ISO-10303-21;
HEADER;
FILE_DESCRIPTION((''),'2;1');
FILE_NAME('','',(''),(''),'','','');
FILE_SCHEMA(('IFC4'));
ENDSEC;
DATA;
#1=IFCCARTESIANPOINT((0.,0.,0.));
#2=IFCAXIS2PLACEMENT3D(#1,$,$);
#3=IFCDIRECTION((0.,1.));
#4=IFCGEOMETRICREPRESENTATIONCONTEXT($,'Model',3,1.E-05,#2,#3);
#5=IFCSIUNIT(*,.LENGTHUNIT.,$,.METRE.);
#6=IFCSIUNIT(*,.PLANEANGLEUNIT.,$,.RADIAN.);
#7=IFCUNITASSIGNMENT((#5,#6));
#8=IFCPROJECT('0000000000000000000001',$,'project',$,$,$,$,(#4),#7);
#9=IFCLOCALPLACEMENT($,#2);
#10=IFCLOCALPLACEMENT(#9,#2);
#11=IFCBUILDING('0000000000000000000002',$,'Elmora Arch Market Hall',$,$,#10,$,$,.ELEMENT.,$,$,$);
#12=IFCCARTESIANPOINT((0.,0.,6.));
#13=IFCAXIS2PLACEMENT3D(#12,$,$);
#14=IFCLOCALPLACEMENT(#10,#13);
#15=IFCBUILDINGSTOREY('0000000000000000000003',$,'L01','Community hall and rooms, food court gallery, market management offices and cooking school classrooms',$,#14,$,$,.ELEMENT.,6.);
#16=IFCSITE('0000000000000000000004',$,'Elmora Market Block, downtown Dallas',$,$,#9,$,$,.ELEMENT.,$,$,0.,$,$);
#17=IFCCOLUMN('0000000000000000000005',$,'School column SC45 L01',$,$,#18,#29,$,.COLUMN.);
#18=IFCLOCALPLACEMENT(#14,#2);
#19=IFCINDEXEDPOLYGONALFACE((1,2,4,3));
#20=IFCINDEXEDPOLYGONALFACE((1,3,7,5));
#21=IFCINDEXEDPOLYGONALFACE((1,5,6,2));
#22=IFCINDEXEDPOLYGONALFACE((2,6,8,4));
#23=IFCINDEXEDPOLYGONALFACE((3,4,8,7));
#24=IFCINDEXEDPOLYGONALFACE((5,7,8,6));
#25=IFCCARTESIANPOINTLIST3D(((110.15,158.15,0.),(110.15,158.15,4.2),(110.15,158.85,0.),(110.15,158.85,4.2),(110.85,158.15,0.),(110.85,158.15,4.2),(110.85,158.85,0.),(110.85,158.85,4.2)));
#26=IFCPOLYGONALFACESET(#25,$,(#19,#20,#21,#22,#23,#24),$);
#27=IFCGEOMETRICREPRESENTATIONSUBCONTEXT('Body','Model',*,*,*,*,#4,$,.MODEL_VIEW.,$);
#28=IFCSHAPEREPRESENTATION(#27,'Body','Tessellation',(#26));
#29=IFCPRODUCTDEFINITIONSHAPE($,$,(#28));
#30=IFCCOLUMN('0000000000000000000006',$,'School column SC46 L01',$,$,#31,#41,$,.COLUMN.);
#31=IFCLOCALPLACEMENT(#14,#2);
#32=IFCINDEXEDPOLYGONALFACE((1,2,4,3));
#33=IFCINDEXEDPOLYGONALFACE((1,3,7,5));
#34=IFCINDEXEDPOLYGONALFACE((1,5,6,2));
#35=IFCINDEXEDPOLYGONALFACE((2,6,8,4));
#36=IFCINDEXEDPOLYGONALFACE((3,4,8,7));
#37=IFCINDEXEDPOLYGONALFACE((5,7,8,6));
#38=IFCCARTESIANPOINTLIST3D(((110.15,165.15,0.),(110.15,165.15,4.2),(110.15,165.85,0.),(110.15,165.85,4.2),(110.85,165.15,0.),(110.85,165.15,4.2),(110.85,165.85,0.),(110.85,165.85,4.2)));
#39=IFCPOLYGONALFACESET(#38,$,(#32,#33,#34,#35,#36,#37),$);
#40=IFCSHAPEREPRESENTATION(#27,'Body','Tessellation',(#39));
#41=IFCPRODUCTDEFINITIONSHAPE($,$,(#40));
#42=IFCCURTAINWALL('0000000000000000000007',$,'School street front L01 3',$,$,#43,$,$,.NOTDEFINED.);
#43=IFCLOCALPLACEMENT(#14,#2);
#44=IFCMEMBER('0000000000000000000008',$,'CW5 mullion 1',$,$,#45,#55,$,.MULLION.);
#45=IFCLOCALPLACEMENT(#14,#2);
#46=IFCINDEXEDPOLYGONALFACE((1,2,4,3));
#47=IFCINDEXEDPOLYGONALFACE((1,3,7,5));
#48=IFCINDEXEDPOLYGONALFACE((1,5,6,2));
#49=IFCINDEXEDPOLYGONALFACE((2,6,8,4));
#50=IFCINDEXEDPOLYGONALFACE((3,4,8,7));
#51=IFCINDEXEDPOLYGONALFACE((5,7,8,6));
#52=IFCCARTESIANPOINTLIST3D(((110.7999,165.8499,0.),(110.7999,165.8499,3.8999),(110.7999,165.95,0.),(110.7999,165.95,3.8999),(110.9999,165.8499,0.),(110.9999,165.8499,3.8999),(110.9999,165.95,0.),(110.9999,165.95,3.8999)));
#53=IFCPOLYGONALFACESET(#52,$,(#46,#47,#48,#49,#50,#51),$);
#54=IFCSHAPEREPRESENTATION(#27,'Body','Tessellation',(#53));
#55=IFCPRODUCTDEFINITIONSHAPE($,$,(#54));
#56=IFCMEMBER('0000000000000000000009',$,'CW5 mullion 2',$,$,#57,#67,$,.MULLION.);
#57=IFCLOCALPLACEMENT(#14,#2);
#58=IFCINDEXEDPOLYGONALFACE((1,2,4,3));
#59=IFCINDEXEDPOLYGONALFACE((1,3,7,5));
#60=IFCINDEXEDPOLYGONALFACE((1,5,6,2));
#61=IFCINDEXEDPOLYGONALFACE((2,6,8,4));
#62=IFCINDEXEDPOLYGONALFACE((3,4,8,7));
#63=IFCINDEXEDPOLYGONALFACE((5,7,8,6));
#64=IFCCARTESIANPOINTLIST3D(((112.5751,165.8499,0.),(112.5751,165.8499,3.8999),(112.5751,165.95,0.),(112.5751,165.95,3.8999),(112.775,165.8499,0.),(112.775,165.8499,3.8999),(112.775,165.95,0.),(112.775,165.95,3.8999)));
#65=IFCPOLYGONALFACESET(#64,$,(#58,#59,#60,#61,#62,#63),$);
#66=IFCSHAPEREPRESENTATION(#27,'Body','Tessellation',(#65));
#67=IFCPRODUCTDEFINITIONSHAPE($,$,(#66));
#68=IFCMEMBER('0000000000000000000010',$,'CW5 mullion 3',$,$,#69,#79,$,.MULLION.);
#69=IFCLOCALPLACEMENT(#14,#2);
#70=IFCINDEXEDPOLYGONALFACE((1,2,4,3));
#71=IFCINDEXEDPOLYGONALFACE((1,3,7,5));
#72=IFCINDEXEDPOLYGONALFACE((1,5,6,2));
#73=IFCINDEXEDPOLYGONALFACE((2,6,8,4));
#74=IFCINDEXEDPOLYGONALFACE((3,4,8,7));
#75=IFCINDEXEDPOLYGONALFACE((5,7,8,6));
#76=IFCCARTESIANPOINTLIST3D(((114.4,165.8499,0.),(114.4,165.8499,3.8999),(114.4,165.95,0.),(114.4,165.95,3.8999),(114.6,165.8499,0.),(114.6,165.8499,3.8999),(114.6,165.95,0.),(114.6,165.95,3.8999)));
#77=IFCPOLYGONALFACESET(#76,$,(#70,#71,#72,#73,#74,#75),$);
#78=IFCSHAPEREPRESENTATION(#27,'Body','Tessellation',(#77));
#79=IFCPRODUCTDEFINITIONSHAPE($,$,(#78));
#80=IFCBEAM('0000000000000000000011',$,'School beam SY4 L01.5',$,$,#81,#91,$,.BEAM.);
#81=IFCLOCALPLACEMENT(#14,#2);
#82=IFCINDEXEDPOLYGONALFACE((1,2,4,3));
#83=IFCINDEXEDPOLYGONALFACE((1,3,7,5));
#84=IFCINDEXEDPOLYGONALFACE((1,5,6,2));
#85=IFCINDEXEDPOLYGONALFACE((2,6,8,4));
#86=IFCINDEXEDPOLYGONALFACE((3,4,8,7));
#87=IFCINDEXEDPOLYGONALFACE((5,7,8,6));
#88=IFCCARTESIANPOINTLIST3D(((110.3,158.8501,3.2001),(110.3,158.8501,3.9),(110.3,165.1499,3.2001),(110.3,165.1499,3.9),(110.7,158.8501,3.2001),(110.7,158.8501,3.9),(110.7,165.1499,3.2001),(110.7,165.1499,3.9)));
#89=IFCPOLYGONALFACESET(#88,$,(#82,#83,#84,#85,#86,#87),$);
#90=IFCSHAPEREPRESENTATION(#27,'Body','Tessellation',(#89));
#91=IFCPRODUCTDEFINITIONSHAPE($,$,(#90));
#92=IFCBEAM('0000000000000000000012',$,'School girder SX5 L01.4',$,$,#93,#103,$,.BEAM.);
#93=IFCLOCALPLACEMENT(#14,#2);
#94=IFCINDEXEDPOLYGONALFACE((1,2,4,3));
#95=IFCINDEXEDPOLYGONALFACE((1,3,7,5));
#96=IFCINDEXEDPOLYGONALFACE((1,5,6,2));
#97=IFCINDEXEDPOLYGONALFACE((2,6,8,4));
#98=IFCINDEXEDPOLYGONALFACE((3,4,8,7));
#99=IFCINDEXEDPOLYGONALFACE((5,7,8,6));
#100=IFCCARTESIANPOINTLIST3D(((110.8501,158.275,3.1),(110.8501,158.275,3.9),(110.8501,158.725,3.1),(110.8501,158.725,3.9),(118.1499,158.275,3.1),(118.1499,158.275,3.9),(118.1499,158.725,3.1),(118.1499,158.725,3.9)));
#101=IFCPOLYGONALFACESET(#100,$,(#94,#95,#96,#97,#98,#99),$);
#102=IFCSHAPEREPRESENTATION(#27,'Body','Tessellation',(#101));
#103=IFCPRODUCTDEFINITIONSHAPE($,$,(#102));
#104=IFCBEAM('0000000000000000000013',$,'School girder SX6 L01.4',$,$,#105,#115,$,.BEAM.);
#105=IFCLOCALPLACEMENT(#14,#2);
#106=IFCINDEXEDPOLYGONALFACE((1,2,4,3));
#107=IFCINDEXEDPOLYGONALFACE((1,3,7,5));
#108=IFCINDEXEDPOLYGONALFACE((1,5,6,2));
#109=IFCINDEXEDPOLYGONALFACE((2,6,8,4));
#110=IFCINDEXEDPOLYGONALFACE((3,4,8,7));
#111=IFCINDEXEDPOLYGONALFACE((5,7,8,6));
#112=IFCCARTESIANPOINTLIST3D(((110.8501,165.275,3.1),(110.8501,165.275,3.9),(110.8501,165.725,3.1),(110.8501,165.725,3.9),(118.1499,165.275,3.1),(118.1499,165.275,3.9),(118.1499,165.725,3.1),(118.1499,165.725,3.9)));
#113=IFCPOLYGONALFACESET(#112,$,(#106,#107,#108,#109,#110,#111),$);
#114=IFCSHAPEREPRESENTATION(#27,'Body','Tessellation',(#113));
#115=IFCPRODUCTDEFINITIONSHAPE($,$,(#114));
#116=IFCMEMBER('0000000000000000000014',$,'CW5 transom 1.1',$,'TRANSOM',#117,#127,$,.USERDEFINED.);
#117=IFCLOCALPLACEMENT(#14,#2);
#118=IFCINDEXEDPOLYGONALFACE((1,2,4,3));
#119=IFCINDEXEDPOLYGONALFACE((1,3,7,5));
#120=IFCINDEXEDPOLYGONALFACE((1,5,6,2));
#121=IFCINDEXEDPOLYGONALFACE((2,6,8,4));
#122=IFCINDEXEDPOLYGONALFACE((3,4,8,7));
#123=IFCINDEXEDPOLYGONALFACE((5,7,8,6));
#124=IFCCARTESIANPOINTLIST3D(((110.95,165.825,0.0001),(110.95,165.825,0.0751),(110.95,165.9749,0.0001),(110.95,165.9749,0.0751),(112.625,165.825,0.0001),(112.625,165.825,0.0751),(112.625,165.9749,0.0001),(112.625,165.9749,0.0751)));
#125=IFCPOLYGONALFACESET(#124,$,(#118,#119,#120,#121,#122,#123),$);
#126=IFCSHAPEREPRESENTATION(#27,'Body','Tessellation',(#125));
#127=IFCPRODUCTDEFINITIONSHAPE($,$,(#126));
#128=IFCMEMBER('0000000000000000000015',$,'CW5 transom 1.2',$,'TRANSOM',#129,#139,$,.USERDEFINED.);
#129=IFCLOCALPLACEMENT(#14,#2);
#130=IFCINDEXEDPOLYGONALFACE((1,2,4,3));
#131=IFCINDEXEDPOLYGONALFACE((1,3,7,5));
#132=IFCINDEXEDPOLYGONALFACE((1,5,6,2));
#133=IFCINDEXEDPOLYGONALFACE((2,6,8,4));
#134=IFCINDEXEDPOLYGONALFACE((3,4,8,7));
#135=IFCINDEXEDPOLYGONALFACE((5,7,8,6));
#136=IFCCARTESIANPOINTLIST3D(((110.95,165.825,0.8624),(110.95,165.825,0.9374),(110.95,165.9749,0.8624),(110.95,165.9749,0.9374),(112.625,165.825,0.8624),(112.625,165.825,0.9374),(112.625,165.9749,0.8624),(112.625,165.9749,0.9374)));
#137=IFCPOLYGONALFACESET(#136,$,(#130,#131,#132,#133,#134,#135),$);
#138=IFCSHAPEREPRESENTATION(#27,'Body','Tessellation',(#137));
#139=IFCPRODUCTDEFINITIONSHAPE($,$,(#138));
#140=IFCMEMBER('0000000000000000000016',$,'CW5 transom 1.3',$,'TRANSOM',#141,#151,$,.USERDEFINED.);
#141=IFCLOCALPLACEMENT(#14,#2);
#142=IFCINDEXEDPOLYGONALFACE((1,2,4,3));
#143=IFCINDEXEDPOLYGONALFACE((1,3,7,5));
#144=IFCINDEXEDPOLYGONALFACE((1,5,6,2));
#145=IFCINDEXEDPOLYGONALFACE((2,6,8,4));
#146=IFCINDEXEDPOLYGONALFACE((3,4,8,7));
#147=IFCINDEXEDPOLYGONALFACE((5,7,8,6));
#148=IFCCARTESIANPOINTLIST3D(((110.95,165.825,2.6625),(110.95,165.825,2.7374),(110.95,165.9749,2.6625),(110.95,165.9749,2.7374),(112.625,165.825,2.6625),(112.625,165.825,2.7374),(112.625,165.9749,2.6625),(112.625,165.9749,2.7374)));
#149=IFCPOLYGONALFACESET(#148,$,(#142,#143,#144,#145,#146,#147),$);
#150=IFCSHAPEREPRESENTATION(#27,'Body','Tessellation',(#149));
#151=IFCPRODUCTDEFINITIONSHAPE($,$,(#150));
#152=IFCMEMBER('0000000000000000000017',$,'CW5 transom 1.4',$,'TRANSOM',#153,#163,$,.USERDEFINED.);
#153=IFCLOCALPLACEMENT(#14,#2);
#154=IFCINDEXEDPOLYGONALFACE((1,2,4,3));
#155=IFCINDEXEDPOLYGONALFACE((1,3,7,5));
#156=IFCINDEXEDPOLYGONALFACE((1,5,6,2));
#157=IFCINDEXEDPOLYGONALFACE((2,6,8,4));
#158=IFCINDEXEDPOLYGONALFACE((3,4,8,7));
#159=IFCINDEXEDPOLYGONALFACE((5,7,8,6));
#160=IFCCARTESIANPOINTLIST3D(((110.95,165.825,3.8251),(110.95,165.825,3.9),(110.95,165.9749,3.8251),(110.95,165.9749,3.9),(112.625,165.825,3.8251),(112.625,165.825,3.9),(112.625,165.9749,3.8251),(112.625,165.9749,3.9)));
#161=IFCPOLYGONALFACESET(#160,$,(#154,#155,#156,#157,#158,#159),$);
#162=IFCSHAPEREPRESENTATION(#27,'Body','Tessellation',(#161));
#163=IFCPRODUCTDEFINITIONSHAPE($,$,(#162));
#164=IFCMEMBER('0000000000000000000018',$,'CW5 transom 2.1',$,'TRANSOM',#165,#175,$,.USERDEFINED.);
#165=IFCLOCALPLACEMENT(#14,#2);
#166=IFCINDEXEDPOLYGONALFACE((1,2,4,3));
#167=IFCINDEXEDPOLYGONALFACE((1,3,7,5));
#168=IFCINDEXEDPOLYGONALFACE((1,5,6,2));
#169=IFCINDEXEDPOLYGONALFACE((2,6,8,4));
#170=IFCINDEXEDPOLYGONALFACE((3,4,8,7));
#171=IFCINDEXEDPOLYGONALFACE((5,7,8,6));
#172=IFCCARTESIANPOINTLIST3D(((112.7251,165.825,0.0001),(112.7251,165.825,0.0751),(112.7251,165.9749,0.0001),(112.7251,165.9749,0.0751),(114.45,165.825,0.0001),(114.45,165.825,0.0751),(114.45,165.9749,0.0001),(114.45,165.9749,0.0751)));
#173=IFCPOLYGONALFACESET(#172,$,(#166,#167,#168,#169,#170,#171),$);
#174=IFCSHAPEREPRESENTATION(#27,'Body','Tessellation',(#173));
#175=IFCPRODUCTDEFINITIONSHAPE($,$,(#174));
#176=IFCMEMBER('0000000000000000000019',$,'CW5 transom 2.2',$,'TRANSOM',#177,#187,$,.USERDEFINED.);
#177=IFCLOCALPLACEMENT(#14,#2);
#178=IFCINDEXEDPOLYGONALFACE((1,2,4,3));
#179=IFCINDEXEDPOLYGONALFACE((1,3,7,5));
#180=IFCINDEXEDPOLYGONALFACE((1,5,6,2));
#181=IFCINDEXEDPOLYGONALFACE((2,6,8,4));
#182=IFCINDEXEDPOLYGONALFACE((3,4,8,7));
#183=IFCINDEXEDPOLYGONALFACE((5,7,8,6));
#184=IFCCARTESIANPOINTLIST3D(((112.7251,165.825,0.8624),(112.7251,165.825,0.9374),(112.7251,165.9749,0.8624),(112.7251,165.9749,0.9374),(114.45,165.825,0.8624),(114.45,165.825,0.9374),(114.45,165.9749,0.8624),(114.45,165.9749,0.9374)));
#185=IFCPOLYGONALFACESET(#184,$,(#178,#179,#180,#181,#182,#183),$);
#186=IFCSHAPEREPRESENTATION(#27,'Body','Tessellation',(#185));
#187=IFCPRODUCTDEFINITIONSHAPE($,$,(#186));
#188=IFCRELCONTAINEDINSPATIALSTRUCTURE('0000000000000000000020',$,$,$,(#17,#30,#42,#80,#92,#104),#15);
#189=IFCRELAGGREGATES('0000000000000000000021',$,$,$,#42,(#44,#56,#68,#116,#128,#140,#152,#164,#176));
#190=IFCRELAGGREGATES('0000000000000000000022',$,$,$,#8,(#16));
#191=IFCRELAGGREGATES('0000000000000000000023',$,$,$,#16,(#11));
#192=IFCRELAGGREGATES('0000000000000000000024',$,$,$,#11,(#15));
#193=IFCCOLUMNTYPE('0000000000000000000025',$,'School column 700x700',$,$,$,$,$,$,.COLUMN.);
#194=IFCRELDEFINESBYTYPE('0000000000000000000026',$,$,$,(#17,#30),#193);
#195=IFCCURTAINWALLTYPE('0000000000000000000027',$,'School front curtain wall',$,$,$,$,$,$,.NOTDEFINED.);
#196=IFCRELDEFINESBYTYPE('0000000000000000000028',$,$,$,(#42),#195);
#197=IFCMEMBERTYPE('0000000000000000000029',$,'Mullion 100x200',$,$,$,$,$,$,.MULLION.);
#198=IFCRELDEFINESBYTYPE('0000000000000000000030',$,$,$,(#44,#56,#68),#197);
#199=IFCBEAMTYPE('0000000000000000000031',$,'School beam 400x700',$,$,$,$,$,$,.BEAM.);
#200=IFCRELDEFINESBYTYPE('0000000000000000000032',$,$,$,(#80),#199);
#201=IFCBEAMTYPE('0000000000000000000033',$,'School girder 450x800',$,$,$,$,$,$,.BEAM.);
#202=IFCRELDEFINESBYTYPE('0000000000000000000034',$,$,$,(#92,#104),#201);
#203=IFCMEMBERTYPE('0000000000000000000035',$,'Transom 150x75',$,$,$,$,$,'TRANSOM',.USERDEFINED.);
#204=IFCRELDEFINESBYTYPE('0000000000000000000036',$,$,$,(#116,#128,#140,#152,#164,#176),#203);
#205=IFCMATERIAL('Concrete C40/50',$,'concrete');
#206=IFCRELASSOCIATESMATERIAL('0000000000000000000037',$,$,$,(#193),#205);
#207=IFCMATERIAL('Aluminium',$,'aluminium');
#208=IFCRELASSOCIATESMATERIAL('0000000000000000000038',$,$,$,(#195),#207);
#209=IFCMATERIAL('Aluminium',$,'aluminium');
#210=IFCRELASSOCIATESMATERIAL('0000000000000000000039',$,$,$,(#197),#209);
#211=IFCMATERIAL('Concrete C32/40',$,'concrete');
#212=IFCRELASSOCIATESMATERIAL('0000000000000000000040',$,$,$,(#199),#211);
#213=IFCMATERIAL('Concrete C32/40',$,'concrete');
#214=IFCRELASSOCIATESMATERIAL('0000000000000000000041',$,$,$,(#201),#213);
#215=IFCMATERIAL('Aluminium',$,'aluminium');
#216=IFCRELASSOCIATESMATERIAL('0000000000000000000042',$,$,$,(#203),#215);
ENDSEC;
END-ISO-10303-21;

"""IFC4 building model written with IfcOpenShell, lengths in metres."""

from ifc_helpers import new_model, si_unit, direction, frame, origin, origin_2d, place, context, subcontext, project, spatial, rectangle, extrude, material, material_profile, profile_set, type_object, element, aggregate, save


model = new_model("IFC4")

# Units and contexts
model_context = context("Model", 3, precision=1e-05, world=origin(), true_north=direction((0.0, 1.0)))
body_context = subcontext(model_context, "Body", "Model", "MODEL_VIEW")
ifc_project = project(units=[si_unit("LENGTHUNIT", "METRE"), si_unit("PLANEANGLEUNIT", "RADIAN")], contexts=[model_context])

# Site, building, storey
site_placement = place(None, origin())
site = spatial("IfcSite", under=ifc_project, at=site_placement, Name="Elmora Market Block, downtown Dallas", CompositionType="ELEMENT", RefElevation=0.0)
building_placement = place(site_placement, origin())
building = spatial("IfcBuilding", under=site, at=building_placement, Name="Elmora Arch Market Hall", CompositionType="ELEMENT")
storey_placement = place(building_placement, frame((0.0, 0.0, 6.0)))
storey = spatial("IfcBuildingStorey", under=building, at=storey_placement, Name="L01", Description="Community hall and rooms, food court gallery, market management offices and cooking school classrooms", CompositionType="ELEMENT", Elevation=6.0)

# Columns
ifc_material_1 = material(Name="Concrete C40/50", Category="concrete")
ifc_material_profile_1 = material_profile(ifc_material_1, rectangle(XDim=0.7, YDim=0.7, at=origin_2d()), Name="School column 700x700")
ifc_profile_set_1 = profile_set([ifc_material_profile_1], Name="Concrete C40/50")
column_type = type_object("IfcColumnType", Name="School column 700x700", PredefinedType="COLUMN", material=ifc_profile_set_1)
for number, where, z_axis, x_axis, name in (
    (1, (110.5, 158.5, 0.0), (0.0, 0.0, 1.0), (1.0, 0.0, 0.0), "School column SC45 L01"),
    (2, (110.5, 165.5, 0.0), (0.0, 0.0, 1.0), (1.0, 0.0, 0.0), "School column SC46 L01"),
):
    element("IfcColumn", number, at=place(storey_placement, frame(where, z_axis=z_axis, x_axis=x_axis)), inside=storey, type_object=column_type, Name=name, PredefinedType="COLUMN", context=body_context, shape_type="SweptSolid", body=[
        extrude(rectangle(XDim=0.7, YDim=0.7, at=origin_2d()), origin(), (0.0, 0.0, 1.0), 4.2),
    ])

# Curtain wall, members
ifc_material_2 = material(Name="Aluminium", Category="aluminium")
curtain_wall_type = type_object("IfcCurtainWallType", Name="School front curtain wall", PredefinedType="NOTDEFINED", material=ifc_material_2)
curtain_wall_placement = place(storey_placement, origin())
curtain_wall = element("IfcCurtainWall", 3, at=curtain_wall_placement, inside=storey, type_object=curtain_wall_type, Name="School street front L01 3", PredefinedType="NOTDEFINED")
ifc_material_3 = material(Name="Aluminium", Category="aluminium")
ifc_material_profile_2 = material_profile(ifc_material_3, rectangle(XDim=0.1001, YDim=0.2, at=origin_2d()), Name="AL 100x200")
ifc_profile_set_2 = profile_set([ifc_material_profile_2], Name="Aluminium")
member_type_1 = type_object("IfcMemberType", Name="Mullion 100x200", PredefinedType="MULLION", material=ifc_profile_set_2)
member_1_placement = place(storey_placement, frame((110.8999, 165.8999, 0.0), z_axis=(0.0, 0.0, 1.0), x_axis=(0.0, 1.0, 0.0)))
member_1 = element("IfcMember", 4, at=member_1_placement, type_object=member_type_1, Name="CW5 mullion 1", PredefinedType="MULLION", context=body_context, shape_type="SweptSolid", body=[
    extrude(rectangle(XDim=0.1001, YDim=0.2, at=origin_2d()), origin(), (0.0, 0.0, 1.0), 3.8999),
])
member_2_placement = place(storey_placement, frame((112.675, 165.8999, 0.0), z_axis=(0.0, 0.0, 1.0), x_axis=(0.0, 1.0, 0.0)))
member_2 = element("IfcMember", 5, at=member_2_placement, type_object=member_type_1, Name="CW5 mullion 2", PredefinedType="MULLION", context=body_context, shape_type="SweptSolid", body=[
    extrude(rectangle(XDim=0.1001, YDim=0.2, at=origin_2d()), origin(), (0.0, 0.0, 1.0), 3.8999),
])
member_3_placement = place(storey_placement, frame((114.5, 165.8999, 0.0), z_axis=(0.0, 0.0, 1.0), x_axis=(0.0, 1.0, 0.0)))
member_3 = element("IfcMember", 6, at=member_3_placement, type_object=member_type_1, Name="CW5 mullion 3", PredefinedType="MULLION", context=body_context, shape_type="SweptSolid", body=[
    extrude(rectangle(XDim=0.1001, YDim=0.2, at=origin_2d()), origin(), (0.0, 0.0, 1.0), 3.8999),
])

# Beams
ifc_material_4 = material(Name="Concrete C32/40", Category="concrete")
ifc_material_profile_3 = material_profile(ifc_material_4, rectangle(XDim=0.3999, YDim=0.7, at=origin_2d()), Name="School beam 400x700")
ifc_profile_set_3 = profile_set([ifc_material_profile_3], Name="Concrete C32/40")
beam_type_1 = type_object("IfcBeamType", Name="School beam 400x700", PredefinedType="BEAM", material=ifc_profile_set_3)
beam_placement = place(storey_placement, frame((110.5, 158.8501, 3.55), z_axis=(0.0, 1.0, 0.0), x_axis=(-1.0, 0.0, 0.0)))
element("IfcBeam", 7, at=beam_placement, inside=storey, type_object=beam_type_1, Name="School beam SY4 L01.5", PredefinedType="BEAM", context=body_context, shape_type="SweptSolid", body=[
    extrude(rectangle(XDim=0.3999, YDim=0.7, at=origin_2d()), origin(), (0.0, 0.0, 1.0), 6.2998),
])
ifc_material_5 = material(Name="Concrete C32/40", Category="concrete")
ifc_material_profile_4 = material_profile(ifc_material_5, rectangle(XDim=0.45, YDim=0.8, at=origin_2d()), Name="School girder 450x800")
ifc_profile_set_4 = profile_set([ifc_material_profile_4], Name="Concrete C32/40")
beam_type_2 = type_object("IfcBeamType", Name="School girder 450x800", PredefinedType="BEAM", material=ifc_profile_set_4)
for number, where, z_axis, x_axis, name in (
    (8, (110.8501, 158.5, 3.5), (1.0, 0.0, 0.0), (0.0, 1.0, 0.0), "School girder SX5 L01.4"),
    (9, (110.8501, 165.5, 3.5), (1.0, 0.0, 0.0), (0.0, 1.0, 0.0), "School girder SX6 L01.4"),
):
    element("IfcBeam", number, at=place(storey_placement, frame(where, z_axis=z_axis, x_axis=x_axis)), inside=storey, type_object=beam_type_2, Name=name, PredefinedType="BEAM", context=body_context, shape_type="SweptSolid", body=[
        extrude(rectangle(XDim=0.45, YDim=0.8, at=origin_2d()), origin(), (0.0, 0.0, 1.0), 7.2998),
    ])

# Members
ifc_material_6 = material(Name="Aluminium", Category="aluminium")
ifc_material_profile_5 = material_profile(ifc_material_6, rectangle(XDim=0.1499, YDim=0.075, at=origin_2d()), Name="AL 150x75")
ifc_profile_set_5 = profile_set([ifc_material_profile_5], Name="Aluminium")
member_type_2 = type_object("IfcMemberType", Name="Transom 150x75", ElementType="TRANSOM", PredefinedType="USERDEFINED", material=ifc_profile_set_5)
member_4_placement = place(storey_placement, frame((110.95, 165.8999, 0.0376), z_axis=(1.0, 0.0, 0.0), x_axis=(0.0, 1.0, 0.0)))
member_4 = element("IfcMember", 10, at=member_4_placement, type_object=member_type_2, Name="CW5 transom 1.1", ObjectType="TRANSOM", PredefinedType="USERDEFINED", context=body_context, shape_type="SweptSolid", body=[
    extrude(rectangle(XDim=0.1499, YDim=0.075, at=origin_2d()), origin(), (0.0, 0.0, 1.0), 1.675),
])
member_5_placement = place(storey_placement, frame((110.95, 165.8999, 0.8999), z_axis=(1.0, 0.0, 0.0), x_axis=(0.0, 1.0, 0.0)))
member_5 = element("IfcMember", 11, at=member_5_placement, type_object=member_type_2, Name="CW5 transom 1.2", ObjectType="TRANSOM", PredefinedType="USERDEFINED", context=body_context, shape_type="SweptSolid", body=[
    extrude(rectangle(XDim=0.1499, YDim=0.075, at=origin_2d()), origin(), (0.0, 0.0, 1.0), 1.675),
])
member_6_placement = place(storey_placement, frame((110.95, 165.8999, 2.7), z_axis=(1.0, 0.0, 0.0), x_axis=(0.0, 1.0, 0.0)))
member_6 = element("IfcMember", 12, at=member_6_placement, type_object=member_type_2, Name="CW5 transom 1.3", ObjectType="TRANSOM", PredefinedType="USERDEFINED", context=body_context, shape_type="SweptSolid", body=[
    extrude(rectangle(XDim=0.1499, YDim=0.075, at=origin_2d()), origin(), (0.0, 0.0, 1.0), 1.675),
])
member_7_placement = place(storey_placement, frame((110.95, 165.8999, 3.8625), z_axis=(1.0, 0.0, 0.0), x_axis=(0.0, 1.0, 0.0)))
member_7 = element("IfcMember", 13, at=member_7_placement, type_object=member_type_2, Name="CW5 transom 1.4", ObjectType="TRANSOM", PredefinedType="USERDEFINED", context=body_context, shape_type="SweptSolid", body=[
    extrude(rectangle(XDim=0.1499, YDim=0.075, at=origin_2d()), origin(), (0.0, 0.0, 1.0), 1.675),
])
member_8_placement = place(storey_placement, frame((112.7251, 165.8999, 0.0376), z_axis=(1.0, 0.0, 0.0), x_axis=(0.0, 1.0, 0.0)))
member_8 = element("IfcMember", 14, at=member_8_placement, type_object=member_type_2, Name="CW5 transom 2.1", ObjectType="TRANSOM", PredefinedType="USERDEFINED", context=body_context, shape_type="SweptSolid", body=[
    extrude(rectangle(XDim=0.1499, YDim=0.075, at=origin_2d()), origin(), (0.0, 0.0, 1.0), 1.7249),
])
member_9_placement = place(storey_placement, frame((112.7251, 165.8999, 0.8999), z_axis=(1.0, 0.0, 0.0), x_axis=(0.0, 1.0, 0.0)))
member_9 = element("IfcMember", 15, at=member_9_placement, type_object=member_type_2, Name="CW5 transom 2.2", ObjectType="TRANSOM", PredefinedType="USERDEFINED", context=body_context, shape_type="SweptSolid", body=[
    extrude(rectangle(XDim=0.1499, YDim=0.075, at=origin_2d()), origin(), (0.0, 0.0, 1.0), 1.7249),
])

aggregate(curtain_wall, [member_1, member_2, member_3, member_4, member_5, member_6, member_7, member_8, member_9])

save(model, "model.ifc")
